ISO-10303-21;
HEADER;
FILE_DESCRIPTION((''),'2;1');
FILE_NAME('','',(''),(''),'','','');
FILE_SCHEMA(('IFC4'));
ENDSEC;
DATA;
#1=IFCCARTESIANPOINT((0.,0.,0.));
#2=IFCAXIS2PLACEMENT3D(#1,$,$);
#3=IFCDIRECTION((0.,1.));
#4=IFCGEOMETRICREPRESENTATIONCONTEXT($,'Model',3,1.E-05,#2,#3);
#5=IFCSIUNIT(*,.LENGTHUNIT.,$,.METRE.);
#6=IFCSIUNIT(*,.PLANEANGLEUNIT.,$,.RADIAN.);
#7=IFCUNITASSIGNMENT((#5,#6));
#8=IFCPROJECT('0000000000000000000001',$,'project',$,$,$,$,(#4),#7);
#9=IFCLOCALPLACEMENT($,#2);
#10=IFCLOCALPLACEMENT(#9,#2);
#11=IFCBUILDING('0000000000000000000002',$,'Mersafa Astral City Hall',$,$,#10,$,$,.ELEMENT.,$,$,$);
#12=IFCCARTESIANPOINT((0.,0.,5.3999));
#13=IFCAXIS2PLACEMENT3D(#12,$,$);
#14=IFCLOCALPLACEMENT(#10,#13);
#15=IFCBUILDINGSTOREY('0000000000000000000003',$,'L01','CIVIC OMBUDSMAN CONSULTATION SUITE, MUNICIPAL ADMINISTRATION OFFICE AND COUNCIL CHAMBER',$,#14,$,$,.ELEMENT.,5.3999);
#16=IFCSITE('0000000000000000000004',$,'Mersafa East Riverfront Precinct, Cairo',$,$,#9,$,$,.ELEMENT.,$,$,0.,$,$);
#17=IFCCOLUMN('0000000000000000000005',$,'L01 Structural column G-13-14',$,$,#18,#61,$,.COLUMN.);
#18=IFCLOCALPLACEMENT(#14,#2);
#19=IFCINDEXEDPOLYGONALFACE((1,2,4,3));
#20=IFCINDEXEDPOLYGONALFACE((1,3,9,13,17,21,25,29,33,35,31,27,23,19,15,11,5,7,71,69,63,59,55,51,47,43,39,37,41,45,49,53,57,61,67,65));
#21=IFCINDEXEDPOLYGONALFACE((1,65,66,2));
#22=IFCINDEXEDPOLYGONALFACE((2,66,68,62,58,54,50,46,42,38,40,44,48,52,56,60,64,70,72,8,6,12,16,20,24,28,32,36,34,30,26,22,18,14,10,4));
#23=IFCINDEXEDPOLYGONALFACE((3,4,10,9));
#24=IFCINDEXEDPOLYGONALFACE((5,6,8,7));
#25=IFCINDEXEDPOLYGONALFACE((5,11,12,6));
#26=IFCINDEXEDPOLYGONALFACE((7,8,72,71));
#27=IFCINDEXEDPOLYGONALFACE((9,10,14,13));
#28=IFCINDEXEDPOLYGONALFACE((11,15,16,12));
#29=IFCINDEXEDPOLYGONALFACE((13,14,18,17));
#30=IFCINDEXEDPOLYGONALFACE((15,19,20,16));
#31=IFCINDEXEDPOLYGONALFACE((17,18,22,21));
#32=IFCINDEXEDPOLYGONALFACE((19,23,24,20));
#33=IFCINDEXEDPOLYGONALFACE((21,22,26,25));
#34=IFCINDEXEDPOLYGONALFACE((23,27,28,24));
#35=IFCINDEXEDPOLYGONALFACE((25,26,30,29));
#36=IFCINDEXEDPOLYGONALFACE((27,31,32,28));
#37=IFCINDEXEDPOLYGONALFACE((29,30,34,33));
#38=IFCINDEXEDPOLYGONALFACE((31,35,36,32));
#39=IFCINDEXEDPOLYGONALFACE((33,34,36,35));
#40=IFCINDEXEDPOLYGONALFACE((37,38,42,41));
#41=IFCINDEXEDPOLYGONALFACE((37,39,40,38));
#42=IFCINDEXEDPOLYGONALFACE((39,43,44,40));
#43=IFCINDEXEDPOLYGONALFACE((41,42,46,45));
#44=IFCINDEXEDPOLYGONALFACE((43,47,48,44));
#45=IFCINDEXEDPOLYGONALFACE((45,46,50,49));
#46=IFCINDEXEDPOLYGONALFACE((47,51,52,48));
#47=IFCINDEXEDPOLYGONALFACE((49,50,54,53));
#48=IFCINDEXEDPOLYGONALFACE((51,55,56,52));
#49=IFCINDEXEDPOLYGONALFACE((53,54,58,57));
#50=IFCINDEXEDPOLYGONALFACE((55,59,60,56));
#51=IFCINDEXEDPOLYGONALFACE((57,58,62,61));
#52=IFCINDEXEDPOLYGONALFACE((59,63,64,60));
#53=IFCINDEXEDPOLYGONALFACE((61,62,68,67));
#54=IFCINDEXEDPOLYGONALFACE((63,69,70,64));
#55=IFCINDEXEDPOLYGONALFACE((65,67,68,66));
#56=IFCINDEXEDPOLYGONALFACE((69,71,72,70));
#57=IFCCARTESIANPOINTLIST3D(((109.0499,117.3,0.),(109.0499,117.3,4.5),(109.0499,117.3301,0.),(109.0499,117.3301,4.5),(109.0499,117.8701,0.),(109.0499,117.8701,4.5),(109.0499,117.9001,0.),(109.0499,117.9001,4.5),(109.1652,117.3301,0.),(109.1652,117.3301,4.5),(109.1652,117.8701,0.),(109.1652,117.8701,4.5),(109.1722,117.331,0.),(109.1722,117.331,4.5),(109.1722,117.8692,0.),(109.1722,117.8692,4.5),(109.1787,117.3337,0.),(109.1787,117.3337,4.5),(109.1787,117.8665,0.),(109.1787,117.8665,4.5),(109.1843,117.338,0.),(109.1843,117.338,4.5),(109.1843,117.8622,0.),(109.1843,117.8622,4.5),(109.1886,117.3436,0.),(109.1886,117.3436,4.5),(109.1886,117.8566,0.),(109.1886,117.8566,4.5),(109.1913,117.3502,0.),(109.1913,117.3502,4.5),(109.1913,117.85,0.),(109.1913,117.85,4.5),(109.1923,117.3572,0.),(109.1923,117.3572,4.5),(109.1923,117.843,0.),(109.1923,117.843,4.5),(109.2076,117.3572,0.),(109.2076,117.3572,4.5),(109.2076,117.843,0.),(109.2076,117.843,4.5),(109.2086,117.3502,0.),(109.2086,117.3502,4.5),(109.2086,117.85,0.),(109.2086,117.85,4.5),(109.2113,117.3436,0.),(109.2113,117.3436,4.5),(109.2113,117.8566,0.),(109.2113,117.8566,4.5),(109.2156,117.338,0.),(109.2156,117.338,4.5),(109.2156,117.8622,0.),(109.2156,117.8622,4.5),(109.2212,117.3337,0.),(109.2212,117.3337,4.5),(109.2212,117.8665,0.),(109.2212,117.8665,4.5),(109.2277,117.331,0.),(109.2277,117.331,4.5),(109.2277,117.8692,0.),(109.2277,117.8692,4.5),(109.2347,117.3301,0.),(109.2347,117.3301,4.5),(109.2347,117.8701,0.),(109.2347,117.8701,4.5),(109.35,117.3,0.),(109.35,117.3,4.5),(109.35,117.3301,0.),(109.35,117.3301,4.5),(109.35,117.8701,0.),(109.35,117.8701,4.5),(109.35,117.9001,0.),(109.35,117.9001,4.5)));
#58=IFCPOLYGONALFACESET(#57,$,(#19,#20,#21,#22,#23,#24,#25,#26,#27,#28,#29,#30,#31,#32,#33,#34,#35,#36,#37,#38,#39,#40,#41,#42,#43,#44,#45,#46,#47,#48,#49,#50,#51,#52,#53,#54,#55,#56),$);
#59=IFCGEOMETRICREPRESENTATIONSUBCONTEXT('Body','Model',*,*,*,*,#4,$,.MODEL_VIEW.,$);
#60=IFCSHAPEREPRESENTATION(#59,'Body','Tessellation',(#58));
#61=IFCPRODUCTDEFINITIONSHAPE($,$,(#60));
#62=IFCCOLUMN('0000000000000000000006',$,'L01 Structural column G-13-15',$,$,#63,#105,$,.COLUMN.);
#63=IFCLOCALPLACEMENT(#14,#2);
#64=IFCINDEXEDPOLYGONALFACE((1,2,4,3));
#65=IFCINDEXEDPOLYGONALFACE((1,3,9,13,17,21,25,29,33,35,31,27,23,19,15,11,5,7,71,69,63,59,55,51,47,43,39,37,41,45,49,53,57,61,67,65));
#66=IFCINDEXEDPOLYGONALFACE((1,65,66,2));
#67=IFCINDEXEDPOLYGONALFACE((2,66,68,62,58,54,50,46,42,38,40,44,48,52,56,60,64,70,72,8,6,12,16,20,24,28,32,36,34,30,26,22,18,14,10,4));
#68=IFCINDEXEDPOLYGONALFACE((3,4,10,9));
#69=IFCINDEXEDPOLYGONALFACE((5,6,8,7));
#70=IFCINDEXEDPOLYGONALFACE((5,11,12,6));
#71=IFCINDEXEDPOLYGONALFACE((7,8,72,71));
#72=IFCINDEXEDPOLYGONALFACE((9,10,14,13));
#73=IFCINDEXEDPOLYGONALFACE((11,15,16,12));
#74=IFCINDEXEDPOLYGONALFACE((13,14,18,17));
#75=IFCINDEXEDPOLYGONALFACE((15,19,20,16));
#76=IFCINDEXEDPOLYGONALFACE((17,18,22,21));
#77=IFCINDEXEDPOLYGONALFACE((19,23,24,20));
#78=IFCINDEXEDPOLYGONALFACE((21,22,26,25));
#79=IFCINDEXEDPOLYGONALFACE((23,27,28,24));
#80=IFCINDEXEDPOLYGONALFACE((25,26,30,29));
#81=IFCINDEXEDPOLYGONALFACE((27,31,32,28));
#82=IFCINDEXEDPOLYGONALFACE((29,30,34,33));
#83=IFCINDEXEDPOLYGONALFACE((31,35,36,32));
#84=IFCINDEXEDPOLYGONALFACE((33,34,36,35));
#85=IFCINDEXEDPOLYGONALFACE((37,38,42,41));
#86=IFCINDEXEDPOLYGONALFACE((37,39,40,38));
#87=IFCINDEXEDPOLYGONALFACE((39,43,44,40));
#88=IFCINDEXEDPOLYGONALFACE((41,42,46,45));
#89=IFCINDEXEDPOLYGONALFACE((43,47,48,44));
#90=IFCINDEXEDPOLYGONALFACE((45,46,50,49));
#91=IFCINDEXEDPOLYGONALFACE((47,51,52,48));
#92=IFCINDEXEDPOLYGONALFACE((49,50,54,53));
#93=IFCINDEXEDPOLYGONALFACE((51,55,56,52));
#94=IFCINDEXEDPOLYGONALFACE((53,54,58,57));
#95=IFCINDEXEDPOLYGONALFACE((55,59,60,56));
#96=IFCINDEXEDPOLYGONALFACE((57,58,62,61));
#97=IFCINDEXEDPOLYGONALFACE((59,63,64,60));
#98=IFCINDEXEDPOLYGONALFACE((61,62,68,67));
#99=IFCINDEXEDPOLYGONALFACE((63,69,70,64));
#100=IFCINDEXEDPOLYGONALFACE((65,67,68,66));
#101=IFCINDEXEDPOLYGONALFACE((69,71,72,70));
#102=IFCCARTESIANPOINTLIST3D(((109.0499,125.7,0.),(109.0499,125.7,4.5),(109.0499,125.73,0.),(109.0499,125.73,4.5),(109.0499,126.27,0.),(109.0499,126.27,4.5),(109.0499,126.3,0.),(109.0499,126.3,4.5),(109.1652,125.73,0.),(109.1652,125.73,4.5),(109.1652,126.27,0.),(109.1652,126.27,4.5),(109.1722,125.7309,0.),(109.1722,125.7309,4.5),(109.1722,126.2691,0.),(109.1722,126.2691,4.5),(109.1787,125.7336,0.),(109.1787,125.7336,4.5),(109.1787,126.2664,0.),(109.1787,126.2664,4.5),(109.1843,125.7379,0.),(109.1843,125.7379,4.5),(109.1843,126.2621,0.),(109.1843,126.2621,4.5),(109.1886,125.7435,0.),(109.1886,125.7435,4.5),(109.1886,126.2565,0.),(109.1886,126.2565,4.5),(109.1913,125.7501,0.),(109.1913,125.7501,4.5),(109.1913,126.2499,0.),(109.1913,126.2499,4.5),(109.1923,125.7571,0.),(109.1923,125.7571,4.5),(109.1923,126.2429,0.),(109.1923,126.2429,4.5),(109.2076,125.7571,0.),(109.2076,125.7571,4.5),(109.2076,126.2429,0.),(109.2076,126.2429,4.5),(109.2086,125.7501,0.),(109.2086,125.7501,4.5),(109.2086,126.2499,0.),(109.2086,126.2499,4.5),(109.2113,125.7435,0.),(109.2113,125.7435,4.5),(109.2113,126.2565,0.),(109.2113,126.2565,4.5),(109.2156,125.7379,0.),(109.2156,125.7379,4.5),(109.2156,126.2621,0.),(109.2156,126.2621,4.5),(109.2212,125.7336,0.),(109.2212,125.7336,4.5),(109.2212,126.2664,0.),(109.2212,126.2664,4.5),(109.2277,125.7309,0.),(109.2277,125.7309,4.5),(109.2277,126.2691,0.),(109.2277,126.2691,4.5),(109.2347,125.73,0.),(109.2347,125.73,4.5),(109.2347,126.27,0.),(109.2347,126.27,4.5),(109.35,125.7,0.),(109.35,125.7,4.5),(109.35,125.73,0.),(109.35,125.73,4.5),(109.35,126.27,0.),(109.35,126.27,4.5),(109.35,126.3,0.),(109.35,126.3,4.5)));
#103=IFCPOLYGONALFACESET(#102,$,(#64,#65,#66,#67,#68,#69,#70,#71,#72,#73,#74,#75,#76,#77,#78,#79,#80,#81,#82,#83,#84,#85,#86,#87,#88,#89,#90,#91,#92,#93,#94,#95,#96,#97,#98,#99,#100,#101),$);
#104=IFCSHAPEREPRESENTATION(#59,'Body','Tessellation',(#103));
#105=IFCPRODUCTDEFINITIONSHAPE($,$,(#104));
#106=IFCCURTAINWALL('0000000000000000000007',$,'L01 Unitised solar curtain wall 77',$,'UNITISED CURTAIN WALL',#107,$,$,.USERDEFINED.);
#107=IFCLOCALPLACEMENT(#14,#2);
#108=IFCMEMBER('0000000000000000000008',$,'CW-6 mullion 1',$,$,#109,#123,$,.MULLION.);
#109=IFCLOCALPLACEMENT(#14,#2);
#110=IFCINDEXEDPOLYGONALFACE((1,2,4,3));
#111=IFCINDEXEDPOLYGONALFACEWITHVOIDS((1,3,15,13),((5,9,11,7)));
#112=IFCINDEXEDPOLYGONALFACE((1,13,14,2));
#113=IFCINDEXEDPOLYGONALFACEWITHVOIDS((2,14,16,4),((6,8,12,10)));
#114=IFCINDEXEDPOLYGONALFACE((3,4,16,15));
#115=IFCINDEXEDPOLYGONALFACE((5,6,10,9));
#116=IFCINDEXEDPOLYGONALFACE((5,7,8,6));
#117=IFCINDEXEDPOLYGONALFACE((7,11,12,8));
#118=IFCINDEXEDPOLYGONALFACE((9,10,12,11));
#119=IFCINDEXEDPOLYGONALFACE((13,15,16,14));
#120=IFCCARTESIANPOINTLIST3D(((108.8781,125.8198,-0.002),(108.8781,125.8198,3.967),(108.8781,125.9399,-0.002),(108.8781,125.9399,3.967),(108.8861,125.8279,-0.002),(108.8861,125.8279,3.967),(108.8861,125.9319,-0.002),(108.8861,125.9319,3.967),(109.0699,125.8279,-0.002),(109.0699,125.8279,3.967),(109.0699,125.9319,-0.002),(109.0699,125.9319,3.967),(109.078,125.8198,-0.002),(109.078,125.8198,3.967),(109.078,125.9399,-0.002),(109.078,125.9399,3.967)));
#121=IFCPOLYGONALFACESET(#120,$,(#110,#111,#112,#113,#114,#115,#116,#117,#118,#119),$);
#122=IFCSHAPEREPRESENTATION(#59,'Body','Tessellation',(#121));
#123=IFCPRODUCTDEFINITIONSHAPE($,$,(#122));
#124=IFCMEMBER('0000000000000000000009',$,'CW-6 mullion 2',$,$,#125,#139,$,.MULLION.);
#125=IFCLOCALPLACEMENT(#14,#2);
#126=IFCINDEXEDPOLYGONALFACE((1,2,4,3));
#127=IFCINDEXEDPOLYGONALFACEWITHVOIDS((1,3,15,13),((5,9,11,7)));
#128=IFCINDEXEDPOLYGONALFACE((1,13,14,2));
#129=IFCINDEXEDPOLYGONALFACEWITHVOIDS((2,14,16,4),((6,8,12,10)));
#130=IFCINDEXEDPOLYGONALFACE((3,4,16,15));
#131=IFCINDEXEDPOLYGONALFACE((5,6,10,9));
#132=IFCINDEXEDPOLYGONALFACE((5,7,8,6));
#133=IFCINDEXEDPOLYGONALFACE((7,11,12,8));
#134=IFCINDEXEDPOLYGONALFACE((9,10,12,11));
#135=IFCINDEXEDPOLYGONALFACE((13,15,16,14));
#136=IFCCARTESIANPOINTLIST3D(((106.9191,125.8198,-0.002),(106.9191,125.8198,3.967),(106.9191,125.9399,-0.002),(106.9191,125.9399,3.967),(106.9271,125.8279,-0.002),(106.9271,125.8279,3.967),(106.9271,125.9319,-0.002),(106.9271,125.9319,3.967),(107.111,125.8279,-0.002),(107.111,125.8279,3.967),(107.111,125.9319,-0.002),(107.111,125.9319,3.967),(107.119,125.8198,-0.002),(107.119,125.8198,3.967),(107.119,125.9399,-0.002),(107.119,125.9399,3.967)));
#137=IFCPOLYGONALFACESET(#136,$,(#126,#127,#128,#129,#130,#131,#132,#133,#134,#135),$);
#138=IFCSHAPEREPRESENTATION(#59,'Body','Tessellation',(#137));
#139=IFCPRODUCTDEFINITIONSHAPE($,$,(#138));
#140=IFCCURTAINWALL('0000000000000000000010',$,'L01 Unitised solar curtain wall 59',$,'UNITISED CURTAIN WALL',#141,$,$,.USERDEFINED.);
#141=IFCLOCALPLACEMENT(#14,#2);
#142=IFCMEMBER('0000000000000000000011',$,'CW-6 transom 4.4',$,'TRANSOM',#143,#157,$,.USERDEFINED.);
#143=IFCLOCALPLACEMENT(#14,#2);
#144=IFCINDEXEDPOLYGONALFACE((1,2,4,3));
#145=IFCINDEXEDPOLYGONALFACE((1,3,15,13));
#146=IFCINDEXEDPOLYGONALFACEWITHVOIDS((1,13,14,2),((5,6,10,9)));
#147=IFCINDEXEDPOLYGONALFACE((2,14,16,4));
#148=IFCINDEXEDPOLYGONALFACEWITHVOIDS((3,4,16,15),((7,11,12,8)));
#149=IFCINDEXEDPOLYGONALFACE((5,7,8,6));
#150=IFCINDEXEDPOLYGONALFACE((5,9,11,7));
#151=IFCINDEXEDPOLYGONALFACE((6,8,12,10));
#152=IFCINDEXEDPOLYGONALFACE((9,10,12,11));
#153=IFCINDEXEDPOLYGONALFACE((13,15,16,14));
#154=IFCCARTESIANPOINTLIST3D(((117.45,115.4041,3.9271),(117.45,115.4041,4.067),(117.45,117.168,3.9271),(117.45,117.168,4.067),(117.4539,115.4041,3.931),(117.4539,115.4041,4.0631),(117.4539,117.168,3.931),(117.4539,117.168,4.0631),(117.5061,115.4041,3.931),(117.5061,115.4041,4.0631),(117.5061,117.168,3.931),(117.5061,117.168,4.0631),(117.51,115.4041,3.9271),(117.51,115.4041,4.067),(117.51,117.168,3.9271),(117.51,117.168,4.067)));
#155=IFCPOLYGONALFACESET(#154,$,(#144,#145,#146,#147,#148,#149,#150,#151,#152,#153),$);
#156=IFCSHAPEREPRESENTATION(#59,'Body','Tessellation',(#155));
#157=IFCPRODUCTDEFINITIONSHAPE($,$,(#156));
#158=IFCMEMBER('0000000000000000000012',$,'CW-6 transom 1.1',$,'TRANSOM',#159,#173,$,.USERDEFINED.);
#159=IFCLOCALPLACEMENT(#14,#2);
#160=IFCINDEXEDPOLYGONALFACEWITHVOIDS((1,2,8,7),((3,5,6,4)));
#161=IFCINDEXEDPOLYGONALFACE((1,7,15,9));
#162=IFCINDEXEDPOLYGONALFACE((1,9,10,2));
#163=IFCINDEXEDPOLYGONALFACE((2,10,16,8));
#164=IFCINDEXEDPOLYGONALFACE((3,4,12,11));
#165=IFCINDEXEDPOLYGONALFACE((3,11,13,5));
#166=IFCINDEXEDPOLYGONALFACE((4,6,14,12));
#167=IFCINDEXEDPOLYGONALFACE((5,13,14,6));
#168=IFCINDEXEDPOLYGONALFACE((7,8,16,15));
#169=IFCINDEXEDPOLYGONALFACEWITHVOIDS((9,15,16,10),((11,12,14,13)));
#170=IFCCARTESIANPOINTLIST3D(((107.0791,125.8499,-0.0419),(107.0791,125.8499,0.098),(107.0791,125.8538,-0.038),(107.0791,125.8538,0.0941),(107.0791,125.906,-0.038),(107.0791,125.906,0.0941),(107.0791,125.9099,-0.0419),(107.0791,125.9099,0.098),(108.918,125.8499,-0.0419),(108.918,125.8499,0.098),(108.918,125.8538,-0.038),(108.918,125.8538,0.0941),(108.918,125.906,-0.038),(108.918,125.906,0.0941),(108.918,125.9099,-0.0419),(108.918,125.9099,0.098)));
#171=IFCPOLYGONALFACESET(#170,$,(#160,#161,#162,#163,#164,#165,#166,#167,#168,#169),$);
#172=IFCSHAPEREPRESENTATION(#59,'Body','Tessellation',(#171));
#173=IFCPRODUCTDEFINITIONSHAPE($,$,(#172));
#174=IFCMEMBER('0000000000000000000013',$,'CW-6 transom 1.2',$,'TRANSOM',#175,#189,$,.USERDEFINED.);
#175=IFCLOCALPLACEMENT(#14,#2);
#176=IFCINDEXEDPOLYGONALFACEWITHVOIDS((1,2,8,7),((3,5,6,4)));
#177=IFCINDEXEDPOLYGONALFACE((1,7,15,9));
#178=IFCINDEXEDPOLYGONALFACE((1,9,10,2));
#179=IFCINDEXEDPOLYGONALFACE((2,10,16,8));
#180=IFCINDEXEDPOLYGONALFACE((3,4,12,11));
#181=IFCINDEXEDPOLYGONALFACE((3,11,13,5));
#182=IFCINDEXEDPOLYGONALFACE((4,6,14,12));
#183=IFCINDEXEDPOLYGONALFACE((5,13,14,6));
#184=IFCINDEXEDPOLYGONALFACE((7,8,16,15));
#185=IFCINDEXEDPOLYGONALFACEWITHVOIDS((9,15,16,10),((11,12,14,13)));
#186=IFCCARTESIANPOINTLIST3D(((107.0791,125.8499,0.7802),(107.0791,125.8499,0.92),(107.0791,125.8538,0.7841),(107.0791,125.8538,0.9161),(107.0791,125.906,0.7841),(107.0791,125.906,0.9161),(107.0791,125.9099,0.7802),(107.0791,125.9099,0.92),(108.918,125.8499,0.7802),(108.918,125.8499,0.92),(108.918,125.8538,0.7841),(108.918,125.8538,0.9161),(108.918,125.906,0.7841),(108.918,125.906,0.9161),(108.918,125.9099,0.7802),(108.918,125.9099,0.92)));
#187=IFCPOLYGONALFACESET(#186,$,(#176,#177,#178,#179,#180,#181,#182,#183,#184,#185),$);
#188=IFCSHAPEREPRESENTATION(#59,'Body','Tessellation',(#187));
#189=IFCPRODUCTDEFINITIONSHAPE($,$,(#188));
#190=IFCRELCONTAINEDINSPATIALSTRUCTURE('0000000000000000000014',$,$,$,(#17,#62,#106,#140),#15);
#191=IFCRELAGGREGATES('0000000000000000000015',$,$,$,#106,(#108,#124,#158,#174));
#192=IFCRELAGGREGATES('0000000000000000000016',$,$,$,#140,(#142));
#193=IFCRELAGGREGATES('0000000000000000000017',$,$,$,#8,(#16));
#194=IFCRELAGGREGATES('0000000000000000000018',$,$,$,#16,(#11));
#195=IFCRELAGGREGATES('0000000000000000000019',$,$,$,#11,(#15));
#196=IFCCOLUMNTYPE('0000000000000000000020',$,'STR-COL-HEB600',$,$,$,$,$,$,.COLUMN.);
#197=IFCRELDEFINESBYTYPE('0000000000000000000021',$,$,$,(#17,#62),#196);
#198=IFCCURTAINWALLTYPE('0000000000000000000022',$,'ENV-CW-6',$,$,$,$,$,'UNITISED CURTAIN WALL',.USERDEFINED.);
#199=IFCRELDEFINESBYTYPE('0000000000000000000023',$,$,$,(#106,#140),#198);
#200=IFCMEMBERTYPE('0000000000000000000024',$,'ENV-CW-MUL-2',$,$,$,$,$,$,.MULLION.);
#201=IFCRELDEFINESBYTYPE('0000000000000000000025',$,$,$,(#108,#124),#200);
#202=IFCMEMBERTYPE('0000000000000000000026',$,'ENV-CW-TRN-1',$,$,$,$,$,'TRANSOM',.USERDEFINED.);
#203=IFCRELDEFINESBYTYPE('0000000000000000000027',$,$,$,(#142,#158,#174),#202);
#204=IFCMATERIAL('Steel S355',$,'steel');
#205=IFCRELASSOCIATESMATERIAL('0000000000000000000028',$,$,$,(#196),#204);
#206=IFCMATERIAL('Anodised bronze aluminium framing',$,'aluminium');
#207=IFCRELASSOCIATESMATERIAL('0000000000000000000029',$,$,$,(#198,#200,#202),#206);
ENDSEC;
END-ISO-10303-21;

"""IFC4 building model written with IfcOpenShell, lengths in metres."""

from ifc_helpers import new_model, si_unit, direction, frame, origin, origin_2d, place, context, subcontext, project, spatial, hollow_rectangle, i_section, extrude, material, material_profile, profile_set, type_object, element, aggregate, save


model = new_model("IFC4")

# Units and contexts
model_context = context("Model", 3, precision=1e-05, world=origin(), true_north=direction((0.0, 1.0)))
body_context = subcontext(model_context, "Body", "Model", "MODEL_VIEW")
ifc_project = project(units=[si_unit("LENGTHUNIT", "METRE"), si_unit("PLANEANGLEUNIT", "RADIAN")], contexts=[model_context])

# Site, building, storey
site_placement = place(None, origin())
site = spatial("IfcSite", under=ifc_project, at=site_placement, Name="Mersafa East Riverfront Precinct, Cairo", CompositionType="ELEMENT", RefElevation=0.0)
building_placement = place(site_placement, origin())
building = spatial("IfcBuilding", under=site, at=building_placement, Name="Mersafa Astral City Hall", CompositionType="ELEMENT")
storey_placement = place(building_placement, frame((0.0, 0.0, 5.3999)))
storey = spatial("IfcBuildingStorey", under=building, at=storey_placement, Name="L01", Description="CIVIC OMBUDSMAN CONSULTATION SUITE, MUNICIPAL ADMINISTRATION OFFICE AND COUNCIL CHAMBER", CompositionType="ELEMENT", Elevation=5.3999)

# Columns
ifc_material_1 = material(Name="Steel S355", Category="steel")
ifc_material_profile_1 = material_profile(ifc_material_1, i_section(OverallWidth=0.3, OverallDepth=0.6001, WebThickness=0.0154, FlangeThickness=0.03, FilletRadius=0.0271, at=origin_2d()), Name="HEB 600")
ifc_profile_set_1 = profile_set([ifc_material_profile_1], Name="Steel S355")
column_type = type_object("IfcColumnType", Name="STR-COL-HEB600", PredefinedType="COLUMN", material=ifc_profile_set_1)
for number, where, z_axis, x_axis, name in (
    (1, (109.2, 117.6001, 0.0), (0.0, 0.0, 1.0), (1.0, 0.0, 0.0), "L01 Structural column G-13-14"),
    (2, (109.2, 126.0, 0.0), (0.0, 0.0, 1.0), (1.0, 0.0, 0.0), "L01 Structural column G-13-15"),
):
    element("IfcColumn", number, at=place(storey_placement, frame(where, z_axis=z_axis, x_axis=x_axis)), inside=storey, type_object=column_type, Name=name, PredefinedType="COLUMN", context=body_context, shape_type="SweptSolid", body=[
        extrude(i_section(OverallWidth=0.3, OverallDepth=0.6001, WebThickness=0.0154, FlangeThickness=0.03, FilletRadius=0.0271, at=origin_2d()), origin(), (0.0, 0.0, 1.0), 4.5),
    ])

# Curtain wall, members
ifc_material_2 = material(Name="Anodised bronze aluminium framing", Category="aluminium")
curtain_wall_type = type_object("IfcCurtainWallType", Name="ENV-CW-6", ElementType="UNITISED CURTAIN WALL", PredefinedType="USERDEFINED", material=ifc_material_2)
curtain_wall_1_placement = place(storey_placement, origin())
curtain_wall_1 = element("IfcCurtainWall", 3, at=curtain_wall_1_placement, inside=storey, type_object=curtain_wall_type, Name="L01 Unitised solar curtain wall 77", ObjectType="UNITISED CURTAIN WALL", PredefinedType="USERDEFINED")
ifc_material_profile_2 = material_profile(ifc_material_2, hollow_rectangle(XDim=0.1201, YDim=0.2, WallThickness=0.0081, at=origin_2d()), Name="RHS 120x200x8")
ifc_profile_set_2 = profile_set([ifc_material_profile_2], Name="Anodised bronze aluminium framing")
member_type_1 = type_object("IfcMemberType", Name="ENV-CW-MUL-2", PredefinedType="MULLION", material=ifc_profile_set_2)
member_1_placement = place(storey_placement, frame((108.978, 125.8799, -0.002), z_axis=(0.0, 0.0, 1.0), x_axis=(0.0, -1.0, 0.0)))
member_1 = element("IfcMember", 4, at=member_1_placement, type_object=member_type_1, Name="CW-6 mullion 1", PredefinedType="MULLION", context=body_context, shape_type="SweptSolid", body=[
    extrude(hollow_rectangle(XDim=0.1201, YDim=0.2, WallThickness=0.0081, at=origin_2d()), origin(), (0.0, 0.0, 1.0), 3.969),
])
member_2_placement = place(storey_placement, frame((107.019, 125.8799, -0.002), z_axis=(0.0, 0.0, 1.0), x_axis=(0.0, -1.0, 0.0)))
member_2 = element("IfcMember", 5, at=member_2_placement, type_object=member_type_1, Name="CW-6 mullion 2", PredefinedType="MULLION", context=body_context, shape_type="SweptSolid", body=[
    extrude(hollow_rectangle(XDim=0.1201, YDim=0.2, WallThickness=0.0081, at=origin_2d()), origin(), (0.0, 0.0, 1.0), 3.969),
])

# Curtain wall, member
curtain_wall_2_placement = place(storey_placement, origin())
curtain_wall_2 = element("IfcCurtainWall", 6, at=curtain_wall_2_placement, inside=storey, type_object=curtain_wall_type, Name="L01 Unitised solar curtain wall 59", ObjectType="UNITISED CURTAIN WALL", PredefinedType="USERDEFINED")
ifc_material_profile_3 = material_profile(ifc_material_2, hollow_rectangle(XDim=0.0601, YDim=0.1399, WallThickness=0.0039, at=origin_2d()), Name="RHS 60x140x4")
ifc_profile_set_3 = profile_set([ifc_material_profile_3], Name="Anodised bronze aluminium framing")
member_type_2 = type_object("IfcMemberType", Name="ENV-CW-TRN-1", ElementType="TRANSOM", PredefinedType="USERDEFINED", material=ifc_profile_set_3)
member_3_placement = place(storey_placement, frame((117.48, 115.4041, 3.9971), z_axis=(0.0, 1.0, 0.0), x_axis=(-1.0, 0.0, 0.0)))
member_3 = element("IfcMember", 7, at=member_3_placement, type_object=member_type_2, Name="CW-6 transom 4.4", ObjectType="TRANSOM", PredefinedType="USERDEFINED", context=body_context, shape_type="SweptSolid", body=[
    extrude(hollow_rectangle(XDim=0.0601, YDim=0.1399, WallThickness=0.0039, at=origin_2d()), origin(), (0.0, 0.0, 1.0), 1.7639),
])

# Members
member_4_placement = place(storey_placement, frame((108.918, 125.8799, 0.0281), z_axis=(-1.0, 0.0, 0.0), x_axis=(0.0, -1.0, 0.0)))
member_4 = element("IfcMember", 8, at=member_4_placement, type_object=member_type_2, Name="CW-6 transom 1.1", ObjectType="TRANSOM", PredefinedType="USERDEFINED", context=body_context, shape_type="SweptSolid", body=[
    extrude(hollow_rectangle(XDim=0.0601, YDim=0.1399, WallThickness=0.0039, at=origin_2d()), origin(), (0.0, 0.0, 1.0), 1.8389),
])
member_5_placement = place(storey_placement, frame((108.918, 125.8799, 0.8501), z_axis=(-1.0, 0.0, 0.0), x_axis=(0.0, -1.0, 0.0)))
member_5 = element("IfcMember", 9, at=member_5_placement, type_object=member_type_2, Name="CW-6 transom 1.2", ObjectType="TRANSOM", PredefinedType="USERDEFINED", context=body_context, shape_type="SweptSolid", body=[
    extrude(hollow_rectangle(XDim=0.0601, YDim=0.1399, WallThickness=0.0039, at=origin_2d()), origin(), (0.0, 0.0, 1.0), 1.8389),
])

aggregate(curtain_wall_1, [member_1, member_2, member_4, member_5])
aggregate(curtain_wall_2, [member_3])

save(model, "model.ifc")
